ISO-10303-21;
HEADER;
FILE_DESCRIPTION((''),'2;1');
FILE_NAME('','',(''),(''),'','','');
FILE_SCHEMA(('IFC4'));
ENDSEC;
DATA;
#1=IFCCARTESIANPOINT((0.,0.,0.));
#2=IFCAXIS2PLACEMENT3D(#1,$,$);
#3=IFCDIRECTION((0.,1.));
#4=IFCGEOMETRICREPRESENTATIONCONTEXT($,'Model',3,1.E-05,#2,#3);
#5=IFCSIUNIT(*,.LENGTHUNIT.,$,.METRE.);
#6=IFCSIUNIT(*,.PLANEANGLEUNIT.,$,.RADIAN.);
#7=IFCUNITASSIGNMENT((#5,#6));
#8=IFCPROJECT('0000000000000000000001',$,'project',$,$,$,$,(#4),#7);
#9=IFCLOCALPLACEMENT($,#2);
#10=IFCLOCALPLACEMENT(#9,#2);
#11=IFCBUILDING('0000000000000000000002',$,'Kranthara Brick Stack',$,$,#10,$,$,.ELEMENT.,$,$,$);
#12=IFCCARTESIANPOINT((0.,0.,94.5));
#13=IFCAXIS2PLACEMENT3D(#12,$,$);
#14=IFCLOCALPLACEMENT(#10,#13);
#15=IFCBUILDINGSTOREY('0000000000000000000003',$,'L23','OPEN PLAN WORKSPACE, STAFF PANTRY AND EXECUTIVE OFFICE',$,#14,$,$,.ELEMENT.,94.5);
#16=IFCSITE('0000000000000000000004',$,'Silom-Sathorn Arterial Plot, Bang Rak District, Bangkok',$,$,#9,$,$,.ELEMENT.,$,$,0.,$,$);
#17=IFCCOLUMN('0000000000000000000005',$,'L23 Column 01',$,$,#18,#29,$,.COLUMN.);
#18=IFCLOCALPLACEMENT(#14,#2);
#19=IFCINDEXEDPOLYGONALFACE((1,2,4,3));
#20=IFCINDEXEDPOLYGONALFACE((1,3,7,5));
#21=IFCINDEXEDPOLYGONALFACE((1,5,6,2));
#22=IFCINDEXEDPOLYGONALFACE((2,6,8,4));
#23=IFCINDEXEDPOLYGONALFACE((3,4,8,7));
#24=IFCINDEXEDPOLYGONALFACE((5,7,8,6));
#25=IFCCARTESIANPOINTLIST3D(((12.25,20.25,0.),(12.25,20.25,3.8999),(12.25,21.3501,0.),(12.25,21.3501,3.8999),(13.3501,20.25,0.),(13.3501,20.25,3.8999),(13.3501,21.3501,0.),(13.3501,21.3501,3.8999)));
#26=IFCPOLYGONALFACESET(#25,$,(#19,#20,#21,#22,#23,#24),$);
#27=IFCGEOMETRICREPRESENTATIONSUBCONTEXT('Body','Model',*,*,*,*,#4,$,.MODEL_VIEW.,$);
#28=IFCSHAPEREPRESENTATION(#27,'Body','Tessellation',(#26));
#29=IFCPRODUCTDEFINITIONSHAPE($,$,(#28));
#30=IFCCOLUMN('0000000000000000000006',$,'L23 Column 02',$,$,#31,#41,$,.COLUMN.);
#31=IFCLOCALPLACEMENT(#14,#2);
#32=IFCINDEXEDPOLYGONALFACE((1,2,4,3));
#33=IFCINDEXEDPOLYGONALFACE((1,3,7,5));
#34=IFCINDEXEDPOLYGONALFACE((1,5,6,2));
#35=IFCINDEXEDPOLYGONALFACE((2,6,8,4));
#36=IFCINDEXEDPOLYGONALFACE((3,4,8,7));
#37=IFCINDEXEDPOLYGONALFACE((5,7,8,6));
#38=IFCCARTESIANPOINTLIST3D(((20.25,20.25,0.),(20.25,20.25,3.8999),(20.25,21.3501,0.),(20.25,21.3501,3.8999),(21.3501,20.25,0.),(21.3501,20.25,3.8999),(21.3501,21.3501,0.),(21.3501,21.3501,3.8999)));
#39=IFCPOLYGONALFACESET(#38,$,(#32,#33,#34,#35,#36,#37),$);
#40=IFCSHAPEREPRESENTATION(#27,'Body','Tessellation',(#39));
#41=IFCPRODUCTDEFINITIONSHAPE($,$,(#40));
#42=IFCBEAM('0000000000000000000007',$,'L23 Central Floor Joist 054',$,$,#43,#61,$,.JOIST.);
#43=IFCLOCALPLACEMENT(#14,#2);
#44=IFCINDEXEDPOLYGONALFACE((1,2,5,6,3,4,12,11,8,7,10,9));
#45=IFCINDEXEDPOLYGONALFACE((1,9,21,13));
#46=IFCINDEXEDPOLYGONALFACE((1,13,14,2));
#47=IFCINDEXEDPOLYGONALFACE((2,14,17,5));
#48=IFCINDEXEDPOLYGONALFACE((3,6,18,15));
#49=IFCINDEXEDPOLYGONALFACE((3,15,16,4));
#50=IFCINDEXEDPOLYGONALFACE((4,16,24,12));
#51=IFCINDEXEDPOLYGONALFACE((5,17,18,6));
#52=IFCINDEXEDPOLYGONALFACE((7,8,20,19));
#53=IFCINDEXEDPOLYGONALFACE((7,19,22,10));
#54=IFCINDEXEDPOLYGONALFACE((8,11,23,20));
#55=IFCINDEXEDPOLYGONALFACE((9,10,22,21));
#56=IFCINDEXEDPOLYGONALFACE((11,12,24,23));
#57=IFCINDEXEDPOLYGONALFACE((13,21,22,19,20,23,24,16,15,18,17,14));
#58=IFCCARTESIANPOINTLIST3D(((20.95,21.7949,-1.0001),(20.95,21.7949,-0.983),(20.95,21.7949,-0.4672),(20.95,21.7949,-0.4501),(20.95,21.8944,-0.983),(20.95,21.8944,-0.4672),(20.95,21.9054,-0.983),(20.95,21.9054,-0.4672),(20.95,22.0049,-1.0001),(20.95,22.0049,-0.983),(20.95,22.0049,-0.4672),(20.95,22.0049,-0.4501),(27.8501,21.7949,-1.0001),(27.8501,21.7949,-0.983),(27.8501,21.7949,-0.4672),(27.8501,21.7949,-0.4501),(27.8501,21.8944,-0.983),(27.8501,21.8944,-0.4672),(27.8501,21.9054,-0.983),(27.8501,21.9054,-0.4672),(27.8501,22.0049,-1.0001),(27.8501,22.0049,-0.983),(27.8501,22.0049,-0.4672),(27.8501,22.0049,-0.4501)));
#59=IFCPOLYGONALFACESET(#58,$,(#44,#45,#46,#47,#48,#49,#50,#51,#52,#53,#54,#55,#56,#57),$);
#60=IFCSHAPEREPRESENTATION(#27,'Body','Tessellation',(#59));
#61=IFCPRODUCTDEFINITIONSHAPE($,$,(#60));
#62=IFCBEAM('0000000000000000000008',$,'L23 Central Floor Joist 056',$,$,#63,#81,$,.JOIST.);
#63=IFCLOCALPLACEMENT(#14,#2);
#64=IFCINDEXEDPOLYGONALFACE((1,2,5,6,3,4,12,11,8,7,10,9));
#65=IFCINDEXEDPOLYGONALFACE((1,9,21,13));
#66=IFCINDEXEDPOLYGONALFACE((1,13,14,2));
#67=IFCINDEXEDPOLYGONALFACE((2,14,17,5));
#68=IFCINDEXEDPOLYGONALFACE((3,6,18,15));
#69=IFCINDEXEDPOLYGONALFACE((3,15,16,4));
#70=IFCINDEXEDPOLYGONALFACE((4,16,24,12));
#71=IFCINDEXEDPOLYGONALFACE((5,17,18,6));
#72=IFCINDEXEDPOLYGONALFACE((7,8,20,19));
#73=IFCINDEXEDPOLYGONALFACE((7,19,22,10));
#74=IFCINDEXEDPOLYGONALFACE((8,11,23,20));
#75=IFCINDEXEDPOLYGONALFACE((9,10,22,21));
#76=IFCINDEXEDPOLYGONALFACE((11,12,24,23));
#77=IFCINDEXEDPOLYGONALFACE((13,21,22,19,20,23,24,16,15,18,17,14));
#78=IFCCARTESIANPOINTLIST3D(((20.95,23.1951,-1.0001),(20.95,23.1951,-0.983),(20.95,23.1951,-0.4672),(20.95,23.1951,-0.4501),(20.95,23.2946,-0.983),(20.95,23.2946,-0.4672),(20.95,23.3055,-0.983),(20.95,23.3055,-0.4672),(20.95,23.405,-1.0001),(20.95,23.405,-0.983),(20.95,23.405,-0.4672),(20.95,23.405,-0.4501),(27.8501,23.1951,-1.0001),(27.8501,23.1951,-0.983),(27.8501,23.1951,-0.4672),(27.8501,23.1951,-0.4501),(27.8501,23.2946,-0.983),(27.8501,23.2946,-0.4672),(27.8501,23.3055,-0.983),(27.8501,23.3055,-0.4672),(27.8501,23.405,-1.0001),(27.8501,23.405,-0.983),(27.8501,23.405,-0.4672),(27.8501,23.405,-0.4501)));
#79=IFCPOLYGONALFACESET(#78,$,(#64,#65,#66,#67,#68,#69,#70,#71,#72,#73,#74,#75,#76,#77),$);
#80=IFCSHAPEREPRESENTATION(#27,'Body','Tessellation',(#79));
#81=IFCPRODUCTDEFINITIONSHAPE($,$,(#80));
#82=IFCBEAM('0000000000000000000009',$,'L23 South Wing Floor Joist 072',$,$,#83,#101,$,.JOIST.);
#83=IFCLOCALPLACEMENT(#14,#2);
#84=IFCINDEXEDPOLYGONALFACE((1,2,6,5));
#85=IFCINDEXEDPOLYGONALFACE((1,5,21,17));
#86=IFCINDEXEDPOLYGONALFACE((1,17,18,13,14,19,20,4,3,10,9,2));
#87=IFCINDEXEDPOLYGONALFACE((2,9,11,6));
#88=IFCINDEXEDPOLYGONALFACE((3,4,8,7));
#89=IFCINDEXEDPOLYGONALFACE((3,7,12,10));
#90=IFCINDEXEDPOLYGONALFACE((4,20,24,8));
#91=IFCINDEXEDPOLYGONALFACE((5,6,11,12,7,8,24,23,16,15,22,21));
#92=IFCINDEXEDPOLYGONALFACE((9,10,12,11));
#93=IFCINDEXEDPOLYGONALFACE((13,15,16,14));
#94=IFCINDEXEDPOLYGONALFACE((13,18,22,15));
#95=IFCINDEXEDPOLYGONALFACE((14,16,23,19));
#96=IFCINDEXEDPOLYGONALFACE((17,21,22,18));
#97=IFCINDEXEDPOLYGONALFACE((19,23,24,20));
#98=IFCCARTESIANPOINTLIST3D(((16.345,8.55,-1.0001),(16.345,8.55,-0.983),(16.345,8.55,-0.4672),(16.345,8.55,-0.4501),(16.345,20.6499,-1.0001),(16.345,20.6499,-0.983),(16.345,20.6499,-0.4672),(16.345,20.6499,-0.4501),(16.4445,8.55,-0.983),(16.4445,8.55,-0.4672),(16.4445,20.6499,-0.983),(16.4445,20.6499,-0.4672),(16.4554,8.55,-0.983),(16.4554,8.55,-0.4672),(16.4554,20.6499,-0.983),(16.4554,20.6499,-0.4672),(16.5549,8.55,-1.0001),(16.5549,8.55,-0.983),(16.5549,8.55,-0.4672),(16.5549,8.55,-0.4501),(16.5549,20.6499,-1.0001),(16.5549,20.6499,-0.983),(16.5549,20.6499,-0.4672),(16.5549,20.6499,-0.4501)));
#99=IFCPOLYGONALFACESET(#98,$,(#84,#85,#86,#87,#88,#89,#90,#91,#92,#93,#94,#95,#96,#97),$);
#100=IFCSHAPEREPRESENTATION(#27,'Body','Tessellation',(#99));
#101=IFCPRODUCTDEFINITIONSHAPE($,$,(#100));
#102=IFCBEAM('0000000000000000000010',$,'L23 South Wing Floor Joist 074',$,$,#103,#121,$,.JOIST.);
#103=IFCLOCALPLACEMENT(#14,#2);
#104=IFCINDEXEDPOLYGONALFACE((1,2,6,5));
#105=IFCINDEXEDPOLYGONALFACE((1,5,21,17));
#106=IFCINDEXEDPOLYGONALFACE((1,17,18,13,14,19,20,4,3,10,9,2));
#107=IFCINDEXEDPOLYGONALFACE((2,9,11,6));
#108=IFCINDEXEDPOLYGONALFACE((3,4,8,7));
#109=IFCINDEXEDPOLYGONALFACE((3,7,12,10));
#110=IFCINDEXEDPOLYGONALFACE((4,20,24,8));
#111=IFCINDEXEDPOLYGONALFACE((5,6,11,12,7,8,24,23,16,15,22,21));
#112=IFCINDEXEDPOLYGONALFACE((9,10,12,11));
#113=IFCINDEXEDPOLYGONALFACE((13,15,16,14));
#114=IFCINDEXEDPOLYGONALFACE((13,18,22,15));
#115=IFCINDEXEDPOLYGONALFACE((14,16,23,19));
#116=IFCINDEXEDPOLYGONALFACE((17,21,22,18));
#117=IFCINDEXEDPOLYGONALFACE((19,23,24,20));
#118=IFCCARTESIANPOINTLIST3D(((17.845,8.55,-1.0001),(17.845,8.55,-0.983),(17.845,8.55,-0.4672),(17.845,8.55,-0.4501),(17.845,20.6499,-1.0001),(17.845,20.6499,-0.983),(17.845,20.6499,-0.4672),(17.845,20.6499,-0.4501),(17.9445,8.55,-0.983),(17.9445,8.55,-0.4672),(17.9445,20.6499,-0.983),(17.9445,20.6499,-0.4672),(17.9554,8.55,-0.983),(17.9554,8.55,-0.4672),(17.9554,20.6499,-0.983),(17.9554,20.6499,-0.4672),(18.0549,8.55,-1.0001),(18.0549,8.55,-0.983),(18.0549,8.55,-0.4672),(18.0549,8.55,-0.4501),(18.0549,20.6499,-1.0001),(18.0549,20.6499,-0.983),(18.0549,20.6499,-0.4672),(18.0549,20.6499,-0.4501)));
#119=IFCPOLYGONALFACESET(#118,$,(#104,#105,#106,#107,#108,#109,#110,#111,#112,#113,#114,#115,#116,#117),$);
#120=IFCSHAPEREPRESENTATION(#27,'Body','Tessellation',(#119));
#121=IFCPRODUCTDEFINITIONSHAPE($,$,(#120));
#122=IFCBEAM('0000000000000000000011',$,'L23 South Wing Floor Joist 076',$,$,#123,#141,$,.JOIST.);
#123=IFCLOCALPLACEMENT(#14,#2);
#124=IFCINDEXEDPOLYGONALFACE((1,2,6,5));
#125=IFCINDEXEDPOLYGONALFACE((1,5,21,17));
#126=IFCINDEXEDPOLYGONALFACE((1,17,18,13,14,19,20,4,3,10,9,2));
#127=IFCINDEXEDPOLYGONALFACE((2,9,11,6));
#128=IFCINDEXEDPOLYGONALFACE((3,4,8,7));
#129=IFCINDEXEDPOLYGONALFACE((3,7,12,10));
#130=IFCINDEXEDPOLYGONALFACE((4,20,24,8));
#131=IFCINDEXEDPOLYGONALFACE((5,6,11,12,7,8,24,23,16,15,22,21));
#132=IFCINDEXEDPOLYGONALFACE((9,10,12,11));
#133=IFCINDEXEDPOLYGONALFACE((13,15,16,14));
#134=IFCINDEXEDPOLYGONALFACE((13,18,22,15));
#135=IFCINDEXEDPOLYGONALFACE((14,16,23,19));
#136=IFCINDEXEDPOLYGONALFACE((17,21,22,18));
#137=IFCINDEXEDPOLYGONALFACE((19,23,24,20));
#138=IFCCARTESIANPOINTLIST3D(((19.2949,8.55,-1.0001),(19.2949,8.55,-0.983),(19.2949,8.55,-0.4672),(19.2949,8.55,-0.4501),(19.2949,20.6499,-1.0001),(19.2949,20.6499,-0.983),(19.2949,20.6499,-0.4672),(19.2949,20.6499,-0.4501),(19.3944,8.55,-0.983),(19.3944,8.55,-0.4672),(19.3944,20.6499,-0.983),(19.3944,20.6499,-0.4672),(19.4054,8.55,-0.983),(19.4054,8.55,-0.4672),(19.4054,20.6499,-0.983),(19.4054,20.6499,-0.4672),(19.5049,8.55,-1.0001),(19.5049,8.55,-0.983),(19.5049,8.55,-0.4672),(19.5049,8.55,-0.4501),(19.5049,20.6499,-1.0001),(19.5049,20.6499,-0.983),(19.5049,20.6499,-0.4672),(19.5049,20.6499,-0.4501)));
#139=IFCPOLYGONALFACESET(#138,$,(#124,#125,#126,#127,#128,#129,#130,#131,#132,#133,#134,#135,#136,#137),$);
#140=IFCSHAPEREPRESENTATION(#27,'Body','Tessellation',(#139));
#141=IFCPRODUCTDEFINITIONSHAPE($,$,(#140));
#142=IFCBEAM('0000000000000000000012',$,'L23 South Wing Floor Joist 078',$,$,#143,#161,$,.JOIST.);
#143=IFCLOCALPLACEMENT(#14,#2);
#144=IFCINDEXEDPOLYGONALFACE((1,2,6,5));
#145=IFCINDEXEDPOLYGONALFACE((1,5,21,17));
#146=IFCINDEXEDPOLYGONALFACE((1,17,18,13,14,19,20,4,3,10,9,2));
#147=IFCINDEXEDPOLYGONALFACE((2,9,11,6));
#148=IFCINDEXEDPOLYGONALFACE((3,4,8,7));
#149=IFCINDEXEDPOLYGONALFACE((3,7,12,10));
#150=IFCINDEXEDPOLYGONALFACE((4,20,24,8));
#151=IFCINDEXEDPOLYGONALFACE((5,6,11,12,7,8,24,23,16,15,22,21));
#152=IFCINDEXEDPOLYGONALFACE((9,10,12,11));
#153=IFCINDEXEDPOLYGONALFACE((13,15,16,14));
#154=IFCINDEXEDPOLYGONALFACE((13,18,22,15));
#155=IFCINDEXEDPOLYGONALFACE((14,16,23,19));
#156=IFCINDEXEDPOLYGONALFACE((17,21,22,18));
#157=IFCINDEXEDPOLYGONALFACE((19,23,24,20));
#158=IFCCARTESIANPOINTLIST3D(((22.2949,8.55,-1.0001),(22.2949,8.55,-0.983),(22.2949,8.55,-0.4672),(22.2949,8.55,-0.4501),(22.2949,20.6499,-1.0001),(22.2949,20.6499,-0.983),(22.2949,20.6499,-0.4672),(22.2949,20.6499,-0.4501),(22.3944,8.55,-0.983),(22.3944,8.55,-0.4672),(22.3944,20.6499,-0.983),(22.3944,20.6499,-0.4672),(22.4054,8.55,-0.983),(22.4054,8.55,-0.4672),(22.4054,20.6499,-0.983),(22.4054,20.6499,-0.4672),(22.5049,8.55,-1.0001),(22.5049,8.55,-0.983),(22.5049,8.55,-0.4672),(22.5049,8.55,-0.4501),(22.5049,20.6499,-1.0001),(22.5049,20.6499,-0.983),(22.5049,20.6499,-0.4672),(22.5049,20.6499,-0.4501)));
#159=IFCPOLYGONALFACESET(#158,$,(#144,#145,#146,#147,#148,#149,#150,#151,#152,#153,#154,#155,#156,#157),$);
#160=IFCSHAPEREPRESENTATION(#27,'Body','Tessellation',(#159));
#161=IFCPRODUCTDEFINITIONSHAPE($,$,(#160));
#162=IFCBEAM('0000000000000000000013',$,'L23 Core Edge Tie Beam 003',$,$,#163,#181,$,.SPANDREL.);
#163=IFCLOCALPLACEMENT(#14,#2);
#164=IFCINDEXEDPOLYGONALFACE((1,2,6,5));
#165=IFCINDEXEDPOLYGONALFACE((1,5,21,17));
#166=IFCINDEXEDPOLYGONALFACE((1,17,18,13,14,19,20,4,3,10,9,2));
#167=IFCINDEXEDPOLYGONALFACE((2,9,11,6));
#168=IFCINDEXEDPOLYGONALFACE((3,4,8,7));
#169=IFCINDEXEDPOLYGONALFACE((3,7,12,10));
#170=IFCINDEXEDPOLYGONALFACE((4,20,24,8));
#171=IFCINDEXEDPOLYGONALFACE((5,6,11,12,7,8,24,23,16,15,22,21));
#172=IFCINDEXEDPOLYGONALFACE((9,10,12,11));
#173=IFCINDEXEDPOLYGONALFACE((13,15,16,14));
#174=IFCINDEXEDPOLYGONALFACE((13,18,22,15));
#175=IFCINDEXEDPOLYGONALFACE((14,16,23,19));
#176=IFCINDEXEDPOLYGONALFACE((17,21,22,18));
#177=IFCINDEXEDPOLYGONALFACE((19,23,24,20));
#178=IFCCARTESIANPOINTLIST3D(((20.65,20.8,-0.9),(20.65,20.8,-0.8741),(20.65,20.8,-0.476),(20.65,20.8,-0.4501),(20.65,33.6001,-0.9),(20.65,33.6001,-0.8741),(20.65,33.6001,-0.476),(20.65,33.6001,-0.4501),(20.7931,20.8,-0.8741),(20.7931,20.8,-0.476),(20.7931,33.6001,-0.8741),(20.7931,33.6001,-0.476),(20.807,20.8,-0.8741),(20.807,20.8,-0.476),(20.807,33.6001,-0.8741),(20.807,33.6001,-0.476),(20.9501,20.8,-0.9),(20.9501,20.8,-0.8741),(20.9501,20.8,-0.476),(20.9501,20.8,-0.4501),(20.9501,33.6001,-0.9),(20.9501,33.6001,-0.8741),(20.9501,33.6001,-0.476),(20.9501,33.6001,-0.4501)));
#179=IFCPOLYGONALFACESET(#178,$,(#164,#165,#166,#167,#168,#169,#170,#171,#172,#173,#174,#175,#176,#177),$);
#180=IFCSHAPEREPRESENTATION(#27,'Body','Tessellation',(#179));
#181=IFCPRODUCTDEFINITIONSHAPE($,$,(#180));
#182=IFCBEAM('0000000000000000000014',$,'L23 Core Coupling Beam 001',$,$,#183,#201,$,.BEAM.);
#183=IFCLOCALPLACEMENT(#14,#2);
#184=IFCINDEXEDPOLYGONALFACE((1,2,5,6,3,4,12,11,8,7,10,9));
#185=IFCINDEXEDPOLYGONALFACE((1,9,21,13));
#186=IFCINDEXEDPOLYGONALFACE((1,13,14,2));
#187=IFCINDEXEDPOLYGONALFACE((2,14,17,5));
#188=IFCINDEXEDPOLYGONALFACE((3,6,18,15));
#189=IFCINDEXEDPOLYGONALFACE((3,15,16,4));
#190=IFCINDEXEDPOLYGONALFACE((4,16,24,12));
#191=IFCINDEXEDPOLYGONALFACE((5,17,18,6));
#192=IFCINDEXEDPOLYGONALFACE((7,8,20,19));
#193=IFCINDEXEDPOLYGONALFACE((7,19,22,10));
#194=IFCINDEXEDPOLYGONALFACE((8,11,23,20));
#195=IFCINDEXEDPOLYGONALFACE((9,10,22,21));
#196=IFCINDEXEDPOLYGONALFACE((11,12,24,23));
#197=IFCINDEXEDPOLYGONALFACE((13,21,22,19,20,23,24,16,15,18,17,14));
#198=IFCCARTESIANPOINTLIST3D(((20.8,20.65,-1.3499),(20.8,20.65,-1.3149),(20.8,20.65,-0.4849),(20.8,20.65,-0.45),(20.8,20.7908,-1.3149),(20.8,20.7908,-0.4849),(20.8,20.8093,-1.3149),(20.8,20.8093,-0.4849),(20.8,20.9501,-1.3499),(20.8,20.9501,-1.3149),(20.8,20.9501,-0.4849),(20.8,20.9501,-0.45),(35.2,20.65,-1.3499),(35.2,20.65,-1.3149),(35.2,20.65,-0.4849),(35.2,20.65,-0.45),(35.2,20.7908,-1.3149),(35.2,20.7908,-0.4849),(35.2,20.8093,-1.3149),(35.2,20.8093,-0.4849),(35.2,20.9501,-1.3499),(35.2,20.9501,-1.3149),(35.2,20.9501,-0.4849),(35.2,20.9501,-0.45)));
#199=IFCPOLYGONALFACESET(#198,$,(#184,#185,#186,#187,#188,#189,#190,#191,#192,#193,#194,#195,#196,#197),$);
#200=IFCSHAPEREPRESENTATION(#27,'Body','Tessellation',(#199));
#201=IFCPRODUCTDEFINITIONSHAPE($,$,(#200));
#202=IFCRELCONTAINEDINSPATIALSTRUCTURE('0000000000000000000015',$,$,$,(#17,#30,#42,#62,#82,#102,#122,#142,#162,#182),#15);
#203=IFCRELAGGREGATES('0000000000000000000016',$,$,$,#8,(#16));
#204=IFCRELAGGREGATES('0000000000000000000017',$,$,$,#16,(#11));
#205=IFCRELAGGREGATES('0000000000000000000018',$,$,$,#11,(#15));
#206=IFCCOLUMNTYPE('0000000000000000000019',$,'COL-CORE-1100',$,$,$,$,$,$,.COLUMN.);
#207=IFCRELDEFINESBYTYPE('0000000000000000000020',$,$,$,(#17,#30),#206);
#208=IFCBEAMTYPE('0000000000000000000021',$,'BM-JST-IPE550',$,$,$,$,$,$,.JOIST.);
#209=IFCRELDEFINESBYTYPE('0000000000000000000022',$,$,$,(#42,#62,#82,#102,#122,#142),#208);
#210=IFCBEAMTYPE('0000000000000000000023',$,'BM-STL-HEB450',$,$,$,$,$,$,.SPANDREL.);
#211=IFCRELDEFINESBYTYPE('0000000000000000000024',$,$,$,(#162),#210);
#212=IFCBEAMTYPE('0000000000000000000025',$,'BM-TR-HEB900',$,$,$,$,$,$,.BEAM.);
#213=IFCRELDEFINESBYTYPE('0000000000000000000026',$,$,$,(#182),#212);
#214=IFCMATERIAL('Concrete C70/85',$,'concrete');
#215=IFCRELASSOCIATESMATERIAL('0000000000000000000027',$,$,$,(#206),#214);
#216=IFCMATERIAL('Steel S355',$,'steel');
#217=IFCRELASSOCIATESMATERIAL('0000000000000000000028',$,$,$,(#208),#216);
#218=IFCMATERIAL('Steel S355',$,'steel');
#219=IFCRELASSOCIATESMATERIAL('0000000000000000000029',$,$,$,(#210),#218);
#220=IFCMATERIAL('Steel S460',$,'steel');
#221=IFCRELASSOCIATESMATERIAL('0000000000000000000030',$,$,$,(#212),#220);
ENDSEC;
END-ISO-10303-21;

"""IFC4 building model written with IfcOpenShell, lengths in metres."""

from ifc_helpers import new_model, si_unit, direction, frame, origin, origin_2d, place, context, subcontext, project, spatial, rectangle, i_section, extrude, material, material_profile, profile_set, type_object, element, save


model = new_model("IFC4")

# Units and contexts
model_context = context("Model", 3, precision=1e-05, world=origin(), true_north=direction((0.0, 1.0)))
body_context = subcontext(model_context, "Body", "Model", "MODEL_VIEW")
ifc_project = project(units=[si_unit("LENGTHUNIT", "METRE"), si_unit("PLANEANGLEUNIT", "RADIAN")], contexts=[model_context])

# Site, building, storey
site_placement = place(None, origin())
site = spatial("IfcSite", under=ifc_project, at=site_placement, Name="Silom-Sathorn Arterial Plot, Bang Rak District, Bangkok", CompositionType="ELEMENT", RefElevation=0.0)
building_placement = place(site_placement, origin())
building = spatial("IfcBuilding", under=site, at=building_placement, Name="Kranthara Brick Stack", CompositionType="ELEMENT")
storey_placement = place(building_placement, frame((0.0, 0.0, 94.5)))
storey = spatial("IfcBuildingStorey", under=building, at=storey_placement, Name="L23", Description="OPEN PLAN WORKSPACE, STAFF PANTRY AND EXECUTIVE OFFICE", CompositionType="ELEMENT", Elevation=94.5)

# Columns
ifc_material_1 = material(Name="Concrete C70/85", Category="concrete")
ifc_material_profile_1 = material_profile(ifc_material_1, rectangle(XDim=1.1001, YDim=1.1001, at=origin_2d()), Name="RC 1100x1100")
ifc_profile_set_1 = profile_set([ifc_material_profile_1], Name="Concrete C70/85")
column_type = type_object("IfcColumnType", Name="COL-CORE-1100", PredefinedType="COLUMN", material=ifc_profile_set_1)
for number, where, z_axis, x_axis, name in (
    (1, (12.8, 20.8, 0.0), (0.0, 0.0, 1.0), (1.0, 0.0, 0.0), "L23 Column 01"),
    (2, (20.8, 20.8, 0.0), (0.0, 0.0, 1.0), (1.0, 0.0, 0.0), "L23 Column 02"),
):
    element("IfcColumn", number, at=place(storey_placement, frame(where, z_axis=z_axis, x_axis=x_axis)), inside=storey, type_object=column_type, Name=name, PredefinedType="COLUMN", context=body_context, shape_type="SweptSolid", body=[
        extrude(rectangle(XDim=1.1001, YDim=1.1001, at=origin_2d()), origin(), (0.0, 0.0, 1.0), 3.8999),
    ])

# Beams
ifc_material_2 = material(Name="Steel S355", Category="steel")
ifc_material_profile_2 = material_profile(ifc_material_2, i_section(OverallWidth=0.21, OverallDepth=0.55, WebThickness=0.011, FlangeThickness=0.0171, at=origin_2d()), Name="IPE 550")
ifc_profile_set_2 = profile_set([ifc_material_profile_2], Name="Steel S355")
beam_type_1 = type_object("IfcBeamType", Name="BM-JST-IPE550", PredefinedType="JOIST", material=ifc_profile_set_2)
for number, where, z_axis, x_axis, name in (
    (3, (20.95, 21.8999, -0.7251), (1.0, 0.0, 0.0), (0.0, 1.0, 0.0), "L23 Central Floor Joist 054"),
    (4, (20.95, 23.3, -0.7251), (1.0, 0.0, 0.0), (0.0, 1.0, 0.0), "L23 Central Floor Joist 056"),
):
    element("IfcBeam", number, at=place(storey_placement, frame(where, z_axis=z_axis, x_axis=x_axis)), inside=storey, type_object=beam_type_1, Name=name, PredefinedType="JOIST", context=body_context, shape_type="SweptSolid", body=[
        extrude(i_section(OverallWidth=0.21, OverallDepth=0.55, WebThickness=0.011, FlangeThickness=0.0171, at=origin_2d()), origin(), (0.0, 0.0, 1.0), 6.9001),
    ])
for number, where, z_axis, x_axis, name in (
    (5, (16.45, 8.55, -0.7251), (0.0, 1.0, 0.0), (-1.0, 0.0, 0.0), "L23 South Wing Floor Joist 072"),
    (6, (17.95, 8.55, -0.7251), (0.0, 1.0, 0.0), (-1.0, 0.0, 0.0), "L23 South Wing Floor Joist 074"),
    (7, (19.3999, 8.55, -0.7251), (0.0, 1.0, 0.0), (-1.0, 0.0, 0.0), "L23 South Wing Floor Joist 076"),
    (8, (22.3999, 8.55, -0.7251), (0.0, 1.0, 0.0), (-1.0, 0.0, 0.0), "L23 South Wing Floor Joist 078"),
):
    element("IfcBeam", number, at=place(storey_placement, frame(where, z_axis=z_axis, x_axis=x_axis)), inside=storey, type_object=beam_type_1, Name=name, PredefinedType="JOIST", context=body_context, shape_type="SweptSolid", body=[
        extrude(i_section(OverallWidth=0.21, OverallDepth=0.55, WebThickness=0.011, FlangeThickness=0.0171, at=origin_2d()), origin(), (0.0, 0.0, 1.0), 12.0999),
    ])
ifc_material_3 = material(Name="Steel S355", Category="steel")
ifc_material_profile_3 = material_profile(ifc_material_3, i_section(OverallWidth=0.3, OverallDepth=0.45, WebThickness=0.0139, FlangeThickness=0.0259, at=origin_2d()), Name="HEB 450")
ifc_profile_set_3 = profile_set([ifc_material_profile_3], Name="Steel S355")
beam_type_2 = type_object("IfcBeamType", Name="BM-STL-HEB450", PredefinedType="SPANDREL", material=ifc_profile_set_3)
beam_1_placement = place(storey_placement, frame((20.8, 20.8, -0.675), z_axis=(0.0, 1.0, 0.0), x_axis=(-1.0, 0.0, 0.0)))
element("IfcBeam", 9, at=beam_1_placement, inside=storey, type_object=beam_type_2, Name="L23 Core Edge Tie Beam 003", PredefinedType="SPANDREL", context=body_context, shape_type="SweptSolid", body=[
    extrude(i_section(OverallWidth=0.3, OverallDepth=0.45, WebThickness=0.0139, FlangeThickness=0.0259, at=origin_2d()), origin(), (0.0, 0.0, 1.0), 12.8),
])
ifc_material_4 = material(Name="Steel S460", Category="steel")
ifc_material_profile_4 = material_profile(ifc_material_4, i_section(OverallWidth=0.3, OverallDepth=0.8999, WebThickness=0.0186, FlangeThickness=0.0349, at=origin_2d()), Name="HEB 900")
ifc_profile_set_4 = profile_set([ifc_material_profile_4], Name="Steel S460")
beam_type_3 = type_object("IfcBeamType", Name="BM-TR-HEB900", PredefinedType="BEAM", material=ifc_profile_set_4)
beam_2_placement = place(storey_placement, frame((20.8, 20.8, -0.8999), z_axis=(1.0, 0.0, 0.0), x_axis=(0.0, 1.0, 0.0)))
element("IfcBeam", 10, at=beam_2_placement, inside=storey, type_object=beam_type_3, Name="L23 Core Coupling Beam 001", PredefinedType="BEAM", context=body_context, shape_type="SweptSolid", body=[
    extrude(i_section(OverallWidth=0.3, OverallDepth=0.8999, WebThickness=0.0186, FlangeThickness=0.0349, at=origin_2d()), origin(), (0.0, 0.0, 1.0), 14.3999),
])

save(model, "model.ifc")
